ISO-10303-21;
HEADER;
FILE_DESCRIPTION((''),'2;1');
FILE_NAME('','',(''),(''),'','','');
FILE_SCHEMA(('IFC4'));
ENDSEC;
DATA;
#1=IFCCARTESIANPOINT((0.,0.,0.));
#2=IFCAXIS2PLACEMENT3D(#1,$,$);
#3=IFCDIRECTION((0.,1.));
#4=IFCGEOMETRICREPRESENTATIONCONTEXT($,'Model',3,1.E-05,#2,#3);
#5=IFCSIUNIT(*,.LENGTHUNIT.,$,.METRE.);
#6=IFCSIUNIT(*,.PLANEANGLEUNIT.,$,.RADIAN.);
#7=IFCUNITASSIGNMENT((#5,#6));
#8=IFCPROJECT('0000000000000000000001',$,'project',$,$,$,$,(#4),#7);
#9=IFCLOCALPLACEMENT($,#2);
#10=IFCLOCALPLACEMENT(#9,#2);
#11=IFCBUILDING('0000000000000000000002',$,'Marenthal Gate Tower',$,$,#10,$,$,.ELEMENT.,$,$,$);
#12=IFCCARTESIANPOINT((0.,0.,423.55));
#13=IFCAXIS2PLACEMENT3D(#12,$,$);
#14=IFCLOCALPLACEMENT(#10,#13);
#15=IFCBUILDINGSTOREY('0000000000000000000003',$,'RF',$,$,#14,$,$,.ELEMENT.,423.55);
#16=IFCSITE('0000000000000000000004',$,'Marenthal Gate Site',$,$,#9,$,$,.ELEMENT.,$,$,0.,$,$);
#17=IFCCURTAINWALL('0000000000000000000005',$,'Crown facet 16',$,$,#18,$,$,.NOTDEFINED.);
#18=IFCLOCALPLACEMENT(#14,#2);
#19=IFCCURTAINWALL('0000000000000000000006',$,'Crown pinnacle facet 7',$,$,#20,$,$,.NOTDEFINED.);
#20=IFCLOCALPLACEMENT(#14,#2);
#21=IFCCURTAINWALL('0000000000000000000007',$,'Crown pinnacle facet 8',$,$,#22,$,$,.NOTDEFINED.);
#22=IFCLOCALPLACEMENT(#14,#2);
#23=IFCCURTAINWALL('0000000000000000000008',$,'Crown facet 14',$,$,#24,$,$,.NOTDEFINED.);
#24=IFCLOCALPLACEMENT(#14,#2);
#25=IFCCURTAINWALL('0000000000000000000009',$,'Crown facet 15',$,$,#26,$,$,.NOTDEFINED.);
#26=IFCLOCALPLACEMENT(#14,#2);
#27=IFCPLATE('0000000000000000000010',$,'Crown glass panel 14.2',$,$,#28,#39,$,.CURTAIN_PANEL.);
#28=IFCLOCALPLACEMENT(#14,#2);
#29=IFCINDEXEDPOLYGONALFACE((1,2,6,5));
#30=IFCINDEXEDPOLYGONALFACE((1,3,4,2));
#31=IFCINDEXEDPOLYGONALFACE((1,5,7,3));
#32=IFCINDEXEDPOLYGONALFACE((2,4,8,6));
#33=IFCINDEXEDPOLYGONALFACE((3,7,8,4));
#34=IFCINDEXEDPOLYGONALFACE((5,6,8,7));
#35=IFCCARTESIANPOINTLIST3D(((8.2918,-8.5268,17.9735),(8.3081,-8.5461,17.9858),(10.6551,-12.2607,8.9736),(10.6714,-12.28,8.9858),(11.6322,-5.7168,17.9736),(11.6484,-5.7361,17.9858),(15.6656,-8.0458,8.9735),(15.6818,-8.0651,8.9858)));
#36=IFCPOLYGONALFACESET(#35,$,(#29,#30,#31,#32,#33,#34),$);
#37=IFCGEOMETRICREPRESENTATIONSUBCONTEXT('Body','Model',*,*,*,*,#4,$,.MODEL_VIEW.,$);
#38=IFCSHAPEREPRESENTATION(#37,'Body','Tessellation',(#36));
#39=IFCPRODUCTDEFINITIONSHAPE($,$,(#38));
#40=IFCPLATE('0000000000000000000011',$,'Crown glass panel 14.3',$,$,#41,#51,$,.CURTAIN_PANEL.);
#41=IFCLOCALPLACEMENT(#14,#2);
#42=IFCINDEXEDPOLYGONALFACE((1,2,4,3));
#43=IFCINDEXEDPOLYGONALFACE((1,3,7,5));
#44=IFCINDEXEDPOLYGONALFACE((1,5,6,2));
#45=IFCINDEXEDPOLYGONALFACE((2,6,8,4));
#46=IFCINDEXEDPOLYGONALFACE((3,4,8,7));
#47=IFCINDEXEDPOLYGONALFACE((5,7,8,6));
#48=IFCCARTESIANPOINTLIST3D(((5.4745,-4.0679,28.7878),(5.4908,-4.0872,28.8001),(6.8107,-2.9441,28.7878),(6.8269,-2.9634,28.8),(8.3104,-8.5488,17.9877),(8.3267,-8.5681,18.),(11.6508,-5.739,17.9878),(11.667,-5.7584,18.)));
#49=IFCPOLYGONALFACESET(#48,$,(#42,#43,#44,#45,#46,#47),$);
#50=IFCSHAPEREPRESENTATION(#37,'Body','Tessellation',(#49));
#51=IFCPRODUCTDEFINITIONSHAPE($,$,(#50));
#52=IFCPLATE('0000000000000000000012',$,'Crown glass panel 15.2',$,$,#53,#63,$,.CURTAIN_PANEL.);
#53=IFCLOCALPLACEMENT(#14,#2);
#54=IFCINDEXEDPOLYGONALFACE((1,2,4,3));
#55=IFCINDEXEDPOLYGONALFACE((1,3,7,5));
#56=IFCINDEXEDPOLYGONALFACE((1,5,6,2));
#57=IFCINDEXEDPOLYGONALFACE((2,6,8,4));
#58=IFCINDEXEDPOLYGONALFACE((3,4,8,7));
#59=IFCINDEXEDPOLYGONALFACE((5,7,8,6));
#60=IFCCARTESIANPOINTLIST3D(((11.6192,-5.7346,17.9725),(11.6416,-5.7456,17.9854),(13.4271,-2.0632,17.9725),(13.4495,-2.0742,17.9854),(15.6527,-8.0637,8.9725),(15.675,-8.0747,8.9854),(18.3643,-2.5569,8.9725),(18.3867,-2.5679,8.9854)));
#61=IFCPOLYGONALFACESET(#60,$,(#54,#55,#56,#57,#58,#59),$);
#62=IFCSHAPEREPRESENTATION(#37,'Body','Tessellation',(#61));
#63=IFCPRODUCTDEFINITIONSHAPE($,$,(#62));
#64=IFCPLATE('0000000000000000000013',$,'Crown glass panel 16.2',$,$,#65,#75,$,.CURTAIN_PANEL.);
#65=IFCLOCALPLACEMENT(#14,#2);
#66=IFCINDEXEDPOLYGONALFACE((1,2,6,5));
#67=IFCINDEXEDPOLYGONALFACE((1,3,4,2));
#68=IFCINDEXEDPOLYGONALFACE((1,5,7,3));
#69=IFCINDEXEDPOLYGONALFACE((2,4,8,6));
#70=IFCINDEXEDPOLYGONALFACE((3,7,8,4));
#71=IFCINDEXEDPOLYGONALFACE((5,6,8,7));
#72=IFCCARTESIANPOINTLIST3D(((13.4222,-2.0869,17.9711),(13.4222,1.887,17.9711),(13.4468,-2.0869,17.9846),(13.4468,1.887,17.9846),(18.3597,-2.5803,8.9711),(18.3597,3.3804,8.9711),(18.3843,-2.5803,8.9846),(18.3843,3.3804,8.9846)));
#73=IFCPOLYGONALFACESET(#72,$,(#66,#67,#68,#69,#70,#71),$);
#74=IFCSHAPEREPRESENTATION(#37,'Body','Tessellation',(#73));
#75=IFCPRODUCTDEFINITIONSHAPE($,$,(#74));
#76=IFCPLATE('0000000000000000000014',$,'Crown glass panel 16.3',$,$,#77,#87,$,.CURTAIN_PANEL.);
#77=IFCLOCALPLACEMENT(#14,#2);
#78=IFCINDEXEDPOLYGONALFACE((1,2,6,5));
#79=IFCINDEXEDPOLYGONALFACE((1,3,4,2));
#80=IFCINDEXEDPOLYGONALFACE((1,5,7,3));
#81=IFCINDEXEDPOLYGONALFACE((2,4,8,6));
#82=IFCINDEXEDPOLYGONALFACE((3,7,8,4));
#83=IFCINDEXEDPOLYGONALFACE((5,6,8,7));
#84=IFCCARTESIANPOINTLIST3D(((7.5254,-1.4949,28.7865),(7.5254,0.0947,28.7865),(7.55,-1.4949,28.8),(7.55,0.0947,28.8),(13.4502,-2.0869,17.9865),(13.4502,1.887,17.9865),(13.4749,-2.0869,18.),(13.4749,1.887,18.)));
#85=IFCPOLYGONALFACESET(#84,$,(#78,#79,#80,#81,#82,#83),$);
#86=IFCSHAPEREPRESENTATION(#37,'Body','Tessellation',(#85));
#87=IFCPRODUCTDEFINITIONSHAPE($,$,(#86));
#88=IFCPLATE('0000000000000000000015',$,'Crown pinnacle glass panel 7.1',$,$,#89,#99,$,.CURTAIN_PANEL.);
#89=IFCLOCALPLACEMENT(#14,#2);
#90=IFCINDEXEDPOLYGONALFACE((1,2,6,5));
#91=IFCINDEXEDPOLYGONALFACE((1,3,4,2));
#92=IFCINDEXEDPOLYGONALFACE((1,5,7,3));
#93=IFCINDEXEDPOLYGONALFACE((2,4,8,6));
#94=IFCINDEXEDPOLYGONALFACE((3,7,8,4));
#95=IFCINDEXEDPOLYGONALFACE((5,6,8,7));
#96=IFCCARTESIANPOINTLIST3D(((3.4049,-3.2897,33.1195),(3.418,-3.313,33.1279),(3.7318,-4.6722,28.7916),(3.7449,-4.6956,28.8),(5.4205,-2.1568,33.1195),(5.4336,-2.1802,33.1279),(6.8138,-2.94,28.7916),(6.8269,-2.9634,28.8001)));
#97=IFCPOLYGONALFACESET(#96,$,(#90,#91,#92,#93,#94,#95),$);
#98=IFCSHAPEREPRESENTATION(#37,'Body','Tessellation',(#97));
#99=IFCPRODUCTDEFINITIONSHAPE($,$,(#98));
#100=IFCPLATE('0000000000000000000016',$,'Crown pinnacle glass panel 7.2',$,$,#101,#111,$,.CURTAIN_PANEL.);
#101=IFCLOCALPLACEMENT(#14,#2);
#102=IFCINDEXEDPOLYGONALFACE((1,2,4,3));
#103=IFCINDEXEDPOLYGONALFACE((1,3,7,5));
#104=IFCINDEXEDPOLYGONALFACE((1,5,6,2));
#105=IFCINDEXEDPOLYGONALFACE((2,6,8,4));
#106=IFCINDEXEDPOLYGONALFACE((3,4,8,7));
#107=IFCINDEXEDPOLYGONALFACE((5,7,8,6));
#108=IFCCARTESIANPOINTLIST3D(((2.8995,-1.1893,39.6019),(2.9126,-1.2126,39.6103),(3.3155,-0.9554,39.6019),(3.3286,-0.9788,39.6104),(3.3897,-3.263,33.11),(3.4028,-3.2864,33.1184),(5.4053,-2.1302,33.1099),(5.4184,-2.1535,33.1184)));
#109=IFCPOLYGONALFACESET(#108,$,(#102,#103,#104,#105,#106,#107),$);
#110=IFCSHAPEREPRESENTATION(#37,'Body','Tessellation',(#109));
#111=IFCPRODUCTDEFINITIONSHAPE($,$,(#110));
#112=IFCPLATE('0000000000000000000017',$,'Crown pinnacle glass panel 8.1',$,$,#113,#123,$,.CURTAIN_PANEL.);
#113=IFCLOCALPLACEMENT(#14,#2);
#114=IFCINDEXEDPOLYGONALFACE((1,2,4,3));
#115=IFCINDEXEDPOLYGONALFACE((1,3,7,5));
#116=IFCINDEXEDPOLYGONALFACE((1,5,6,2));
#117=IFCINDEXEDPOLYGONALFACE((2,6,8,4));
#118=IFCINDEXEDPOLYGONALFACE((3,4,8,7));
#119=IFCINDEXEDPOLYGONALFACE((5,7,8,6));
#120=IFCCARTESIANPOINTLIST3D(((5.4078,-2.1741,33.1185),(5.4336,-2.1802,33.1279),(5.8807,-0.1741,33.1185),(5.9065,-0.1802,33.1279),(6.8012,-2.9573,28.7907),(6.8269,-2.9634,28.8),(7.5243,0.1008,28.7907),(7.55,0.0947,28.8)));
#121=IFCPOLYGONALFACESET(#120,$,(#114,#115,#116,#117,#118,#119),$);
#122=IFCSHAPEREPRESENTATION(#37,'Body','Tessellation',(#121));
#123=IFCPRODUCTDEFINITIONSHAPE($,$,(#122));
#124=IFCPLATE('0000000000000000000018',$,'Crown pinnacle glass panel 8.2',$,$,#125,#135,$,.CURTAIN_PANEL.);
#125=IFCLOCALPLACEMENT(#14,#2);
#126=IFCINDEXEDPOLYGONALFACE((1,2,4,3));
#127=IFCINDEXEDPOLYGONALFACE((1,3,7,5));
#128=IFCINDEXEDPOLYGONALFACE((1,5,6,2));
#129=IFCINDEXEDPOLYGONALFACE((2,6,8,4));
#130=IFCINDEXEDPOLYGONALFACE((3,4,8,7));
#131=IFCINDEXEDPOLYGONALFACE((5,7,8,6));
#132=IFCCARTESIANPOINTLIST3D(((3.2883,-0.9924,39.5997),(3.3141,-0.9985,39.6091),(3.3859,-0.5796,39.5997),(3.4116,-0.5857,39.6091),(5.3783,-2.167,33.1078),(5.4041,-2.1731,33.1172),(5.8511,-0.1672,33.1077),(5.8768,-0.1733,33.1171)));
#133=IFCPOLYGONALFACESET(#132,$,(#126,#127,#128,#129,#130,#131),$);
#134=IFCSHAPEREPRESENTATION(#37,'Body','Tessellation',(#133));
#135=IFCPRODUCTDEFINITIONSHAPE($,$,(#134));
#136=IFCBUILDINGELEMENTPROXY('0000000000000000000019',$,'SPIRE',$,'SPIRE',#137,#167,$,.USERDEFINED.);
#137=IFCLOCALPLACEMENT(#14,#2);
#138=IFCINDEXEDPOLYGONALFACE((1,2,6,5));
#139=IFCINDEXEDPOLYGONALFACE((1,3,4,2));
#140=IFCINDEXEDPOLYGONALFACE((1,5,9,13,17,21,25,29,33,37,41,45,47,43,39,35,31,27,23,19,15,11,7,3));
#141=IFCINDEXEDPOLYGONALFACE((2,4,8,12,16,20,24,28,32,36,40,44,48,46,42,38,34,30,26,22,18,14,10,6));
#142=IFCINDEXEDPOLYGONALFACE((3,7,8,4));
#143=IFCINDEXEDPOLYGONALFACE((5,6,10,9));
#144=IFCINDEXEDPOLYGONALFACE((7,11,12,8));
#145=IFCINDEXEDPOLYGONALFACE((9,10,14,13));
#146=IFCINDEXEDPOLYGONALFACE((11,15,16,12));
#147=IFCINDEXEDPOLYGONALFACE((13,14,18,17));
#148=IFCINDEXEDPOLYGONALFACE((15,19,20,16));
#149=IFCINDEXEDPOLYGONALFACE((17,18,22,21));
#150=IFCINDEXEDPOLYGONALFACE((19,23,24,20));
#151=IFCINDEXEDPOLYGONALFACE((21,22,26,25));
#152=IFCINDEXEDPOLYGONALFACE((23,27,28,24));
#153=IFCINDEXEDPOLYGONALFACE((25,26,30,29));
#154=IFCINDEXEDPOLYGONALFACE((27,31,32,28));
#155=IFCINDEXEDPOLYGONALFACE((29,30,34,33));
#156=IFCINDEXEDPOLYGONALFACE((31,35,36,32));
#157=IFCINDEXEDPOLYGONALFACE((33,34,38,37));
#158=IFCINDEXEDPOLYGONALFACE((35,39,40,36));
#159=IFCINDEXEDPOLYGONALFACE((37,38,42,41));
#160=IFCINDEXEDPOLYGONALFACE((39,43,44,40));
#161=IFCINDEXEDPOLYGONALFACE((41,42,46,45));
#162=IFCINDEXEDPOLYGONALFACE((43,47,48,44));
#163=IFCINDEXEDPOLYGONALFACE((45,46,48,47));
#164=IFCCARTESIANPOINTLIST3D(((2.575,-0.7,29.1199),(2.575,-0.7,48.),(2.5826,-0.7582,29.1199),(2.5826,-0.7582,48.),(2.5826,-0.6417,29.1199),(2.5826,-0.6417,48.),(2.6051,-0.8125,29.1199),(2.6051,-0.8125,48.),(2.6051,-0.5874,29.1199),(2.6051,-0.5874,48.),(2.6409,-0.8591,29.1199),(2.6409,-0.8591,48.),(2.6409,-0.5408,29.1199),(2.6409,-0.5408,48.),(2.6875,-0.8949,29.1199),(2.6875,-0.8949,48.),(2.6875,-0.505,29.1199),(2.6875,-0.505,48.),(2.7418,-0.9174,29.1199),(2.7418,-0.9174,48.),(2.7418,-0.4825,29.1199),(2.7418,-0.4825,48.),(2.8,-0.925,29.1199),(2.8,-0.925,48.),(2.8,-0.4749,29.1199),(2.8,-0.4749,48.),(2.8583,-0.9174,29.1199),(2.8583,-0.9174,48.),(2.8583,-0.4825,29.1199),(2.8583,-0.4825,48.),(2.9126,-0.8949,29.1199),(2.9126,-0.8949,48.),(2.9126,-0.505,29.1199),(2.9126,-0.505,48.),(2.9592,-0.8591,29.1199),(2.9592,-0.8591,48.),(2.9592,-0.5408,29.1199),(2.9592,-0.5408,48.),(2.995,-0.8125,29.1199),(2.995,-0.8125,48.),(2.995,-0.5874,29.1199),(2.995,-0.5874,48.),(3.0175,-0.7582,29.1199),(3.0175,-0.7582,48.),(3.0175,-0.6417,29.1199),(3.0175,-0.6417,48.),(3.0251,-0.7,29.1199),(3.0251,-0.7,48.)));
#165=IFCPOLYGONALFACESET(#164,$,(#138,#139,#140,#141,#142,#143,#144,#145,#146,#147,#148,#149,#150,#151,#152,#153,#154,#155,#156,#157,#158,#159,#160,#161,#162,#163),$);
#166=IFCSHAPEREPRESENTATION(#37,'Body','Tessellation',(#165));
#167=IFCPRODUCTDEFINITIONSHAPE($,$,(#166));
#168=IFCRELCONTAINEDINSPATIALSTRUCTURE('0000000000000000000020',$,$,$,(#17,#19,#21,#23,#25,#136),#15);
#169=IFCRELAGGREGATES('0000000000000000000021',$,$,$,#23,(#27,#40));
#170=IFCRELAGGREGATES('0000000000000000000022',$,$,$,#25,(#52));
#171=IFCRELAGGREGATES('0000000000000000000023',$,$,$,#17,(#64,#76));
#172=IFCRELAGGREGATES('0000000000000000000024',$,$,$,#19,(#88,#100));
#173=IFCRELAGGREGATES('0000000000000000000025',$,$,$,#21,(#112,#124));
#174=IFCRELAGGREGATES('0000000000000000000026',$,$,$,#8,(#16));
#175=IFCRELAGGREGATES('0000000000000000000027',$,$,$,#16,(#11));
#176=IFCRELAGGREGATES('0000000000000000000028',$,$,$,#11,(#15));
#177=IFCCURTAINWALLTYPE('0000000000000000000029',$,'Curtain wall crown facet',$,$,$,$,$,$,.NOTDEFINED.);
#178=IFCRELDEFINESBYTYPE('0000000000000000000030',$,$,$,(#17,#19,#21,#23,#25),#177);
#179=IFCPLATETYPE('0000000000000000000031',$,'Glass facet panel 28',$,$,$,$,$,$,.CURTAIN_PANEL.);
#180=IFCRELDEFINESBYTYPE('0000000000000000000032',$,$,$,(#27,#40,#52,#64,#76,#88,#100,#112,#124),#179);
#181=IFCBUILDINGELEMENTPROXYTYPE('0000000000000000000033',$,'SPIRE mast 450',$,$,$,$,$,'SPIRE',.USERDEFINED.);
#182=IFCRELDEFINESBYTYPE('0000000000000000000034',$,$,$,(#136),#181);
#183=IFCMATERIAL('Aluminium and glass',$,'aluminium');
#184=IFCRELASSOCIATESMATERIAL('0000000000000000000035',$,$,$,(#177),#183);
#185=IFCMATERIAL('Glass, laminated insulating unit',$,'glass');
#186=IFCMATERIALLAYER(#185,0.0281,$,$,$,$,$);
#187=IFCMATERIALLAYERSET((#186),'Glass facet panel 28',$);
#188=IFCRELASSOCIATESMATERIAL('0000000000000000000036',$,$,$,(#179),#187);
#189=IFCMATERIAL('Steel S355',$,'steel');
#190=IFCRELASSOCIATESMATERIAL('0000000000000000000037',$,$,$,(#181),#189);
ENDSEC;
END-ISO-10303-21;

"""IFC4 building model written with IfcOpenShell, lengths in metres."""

from ifc_helpers import new_model, si_unit, direction, frame, origin, origin_2d, place, context, subcontext, project, spatial, polyline, circle, outline, extrude, material, layer, layer_set, material_profile, profile_set, type_object, element, aggregate, save


model = new_model("IFC4")

# Units and contexts
model_context = context("Model", 3, precision=1e-05, world=origin(), true_north=direction((0.0, 1.0)))
body_context = subcontext(model_context, "Body", "Model", "MODEL_VIEW")
ifc_project = project(units=[si_unit("LENGTHUNIT", "METRE"), si_unit("PLANEANGLEUNIT", "RADIAN")], contexts=[model_context])

# Site, building, storey
site_placement = place(None, origin())
site = spatial("IfcSite", under=ifc_project, at=site_placement, Name="Marenthal Gate Site", CompositionType="ELEMENT", RefElevation=0.0)
building_placement = place(site_placement, origin())
building = spatial("IfcBuilding", under=site, at=building_placement, Name="Marenthal Gate Tower", CompositionType="ELEMENT")
storey_placement = place(building_placement, frame((0.0, 0.0, 423.55)))
storey = spatial("IfcBuildingStorey", under=building, at=storey_placement, Name="RF", CompositionType="ELEMENT", Elevation=423.55)

# Curtain walls
ifc_material_1 = material(Name="Aluminium and glass", Category="aluminium")
curtain_wall_type = type_object("IfcCurtainWallType", Name="Curtain wall crown facet", PredefinedType="NOTDEFINED", material=ifc_material_1)
curtain_wall_1_placement = place(storey_placement, origin())
curtain_wall_1 = element("IfcCurtainWall", 1, at=curtain_wall_1_placement, inside=storey, type_object=curtain_wall_type, Name="Crown facet 16", PredefinedType="NOTDEFINED")
curtain_wall_2_placement = place(storey_placement, origin())
curtain_wall_2 = element("IfcCurtainWall", 2, at=curtain_wall_2_placement, inside=storey, type_object=curtain_wall_type, Name="Crown pinnacle facet 7", PredefinedType="NOTDEFINED")
curtain_wall_3_placement = place(storey_placement, origin())
curtain_wall_3 = element("IfcCurtainWall", 3, at=curtain_wall_3_placement, inside=storey, type_object=curtain_wall_type, Name="Crown pinnacle facet 8", PredefinedType="NOTDEFINED")

# Curtain walls
curtain_wall_4_placement = place(storey_placement, origin())
curtain_wall_4 = element("IfcCurtainWall", 4, at=curtain_wall_4_placement, inside=storey, type_object=curtain_wall_type, Name="Crown facet 14", PredefinedType="NOTDEFINED")
curtain_wall_5_placement = place(storey_placement, origin())
curtain_wall_5 = element("IfcCurtainWall", 5, at=curtain_wall_5_placement, inside=storey, type_object=curtain_wall_type, Name="Crown facet 15", PredefinedType="NOTDEFINED")

# Plates
ifc_material_2 = material(Name="Glass, laminated insulating unit", Category="glass")
ifc_layer = layer(ifc_material_2, 0.0281)
ifc_layer_set = layer_set([ifc_layer], Name="Glass facet panel 28")
plate_type = type_object("IfcPlateType", Name="Glass facet panel 28", PredefinedType="CURTAIN_PANEL", material=ifc_layer_set)
plate_1_placement = place(storey_placement, frame((10.6714, -12.28, 8.9858), z_axis=(0.578864, -0.688123, 0.437496), x_axis=(0.765246, 0.643739, -0.000004)))
plate_1 = element("IfcPlate", 6, at=plate_1_placement, type_object=plate_type, Name="Crown glass panel 14.2", PredefinedType="CURTAIN_PANEL", context=body_context, shape_type="SweptSolid", body=[
    extrude(outline(polyline([(0.0, 0.0), (6.5475, 0.0), (4.9602, 10.0087), (0.5951, 10.0086), (0.0, 0.0)])), origin(), (0.0, 0.0, -1.0), 0.0281),
])
plate_2_placement = place(storey_placement, frame((8.3267, -8.5681, 18.0), z_axis=(0.57883, -0.688151, 0.437499), x_axis=(0.765273, 0.643706, 0.000009)))
plate_2 = element("IfcPlate", 7, at=plate_2_placement, type_object=plate_type, Name="Crown glass panel 14.3", PredefinedType="CURTAIN_PANEL", context=body_context, shape_type="SweptSolid", body=[
    extrude(outline(polyline([(0.0, 0.0), (4.365, 0.0), (2.4602, 12.0104), (0.7143, 12.0105), (0.0, 0.0)])), origin(), (0.0, 0.0, -1.0), 0.0281),
])
aggregate(curtain_wall_4, [plate_1, plate_2])
plate_3_placement = place(storey_placement, frame((15.675, -8.0747, 8.9854), z_axis=(0.797127, -0.39252, 0.458821), x_axis=(0.441764, 0.897131, 0.0)))
plate_3 = element("IfcPlate", 8, at=plate_3_placement, type_object=plate_type, Name="Crown glass panel 15.2", PredefinedType="CURTAIN_PANEL", context=body_context, shape_type="SweptSolid", body=[
    extrude(outline(polyline([(0.0, 0.0), (6.1383, 0.0), (4.4, 10.1291), (0.3077, 10.1291), (0.0, 0.0)])), origin(), (0.0, 0.0, -1.0), 0.0281),
])
aggregate(curtain_wall_5, [plate_3])
plate_4_placement = place(storey_placement, frame((18.3843, -2.5803, 8.9846), z_axis=(0.87673, 0.0, 0.480984), x_axis=(0.0, 1.0, 0.0)))
plate_4 = element("IfcPlate", 9, at=plate_4_placement, type_object=plate_type, Name="Crown glass panel 16.2", PredefinedType="CURTAIN_PANEL", context=body_context, shape_type="SweptSolid", body=[
    extrude(outline(polyline([(0.0, 0.0), (5.9607, 0.0), (4.4673, 10.2654), (0.4934, 10.2654), (0.0, 0.0)])), origin(), (0.0, 0.0, -1.0), 0.0281),
])
plate_5_placement = place(storey_placement, frame((13.4749, -2.0869, 18.0), z_axis=(0.876737, 0.0, 0.48097), x_axis=(0.0, 1.0, 0.0)))
plate_5 = element("IfcPlate", 10, at=plate_5_placement, type_object=plate_type, Name="Crown glass panel 16.3", PredefinedType="CURTAIN_PANEL", context=body_context, shape_type="SweptSolid", body=[
    extrude(outline(polyline([(0.0, 0.0), (3.9739, 0.0), (2.1816, 12.3185), (0.592, 12.3185), (0.0, 0.0)])), origin(), (0.0, 0.0, -1.0), 0.0281),
])
aggregate(curtain_wall_1, [plate_4, plate_5])
plate_6_placement = place(storey_placement, frame((3.7449, -4.6956, 28.8), z_axis=(0.467242, -0.83136, 0.300874), x_axis=(0.871754, 0.489944, 0.000001)))
plate_6 = element("IfcPlate", 11, at=plate_6_placement, type_object=plate_type, Name="Crown pinnacle glass panel 7.1", PredefinedType="CURTAIN_PANEL", context=body_context, shape_type="SweptSolid", body=[
    extrude(outline(polyline([(0.0, 0.0), (3.5354, 0.0), (2.7045, 4.5382), (0.3924, 4.5382), (0.0, 0.0)])), origin(), (0.0, 0.0, -1.0), 0.0281),
])
plate_7_placement = place(storey_placement, frame((3.4028, -3.2864, 33.1184), z_axis=(0.467262, -0.831356, 0.300855), x_axis=(0.871745, 0.48996, -0.000007)))
plate_7 = element("IfcPlate", 12, at=plate_7_placement, type_object=plate_type, Name="Crown pinnacle glass panel 7.2", PredefinedType="CURTAIN_PANEL", context=body_context, shape_type="SweptSolid", body=[
    extrude(outline(polyline([(0.0, 0.0), (2.3121, 0.0), (1.0659, 6.8073), (0.5886, 6.8073), (0.0, 0.0)])), origin(), (0.0, 0.0, -1.0), 0.0281),
])
aggregate(curtain_wall_2, [plate_6, plate_7])
plate_8_placement = place(storey_placement, frame((6.8269, -2.9634, 28.8), z_axis=(0.917105, -0.21686, 0.3345), x_axis=(0.230116, 0.973163, -0.000002)))
plate_8 = element("IfcPlate", 13, at=plate_8_placement, type_object=plate_type, Name="Crown pinnacle glass panel 8.1", PredefinedType="CURTAIN_PANEL", context=body_context, shape_type="SweptSolid", body=[
    extrude(outline(polyline([(0.0, 0.0), (3.1424, 0.0), (2.4967, 4.5924), (0.4416, 4.5924), (0.0, 0.0)])), origin(), (0.0, 0.0, -1.0), 0.0281),
])
plate_9_placement = place(storey_placement, frame((5.4041, -2.1731, 33.1172), z_axis=(0.917125, -0.216799, 0.334485), x_axis=(0.230058, 0.973177, -0.000027)))
plate_9 = element("IfcPlate", 14, at=plate_9_placement, type_object=plate_type, Name="Crown pinnacle glass panel 8.2", PredefinedType="CURTAIN_PANEL", context=body_context, shape_type="SweptSolid", body=[
    extrude(outline(polyline([(0.0, 0.0), (2.0549, 0.0), (1.0863, 6.8888), (0.6621, 6.8887), (0.0, 0.0)])), origin(), (0.0, 0.0, -1.0), 0.0281),
])
aggregate(curtain_wall_3, [plate_8, plate_9])

# Building element proxy
ifc_material_3 = material(Name="Steel S355", Category="steel")
ifc_material_profile_1 = material_profile(ifc_material_3, circle(Radius=0.2251, at=origin_2d()), Name="Spire mast 450")
ifc_profile_set_1 = profile_set([ifc_material_profile_1], Name="Steel S355")
building_element_proxy_type = type_object("IfcBuildingElementProxyType", Name="SPIRE mast 450", ElementType="SPIRE", PredefinedType="USERDEFINED", material=ifc_profile_set_1)
proxy_placement = place(storey_placement, frame((2.8, -0.7, 29.1199), z_axis=(0.0, 0.0, 1.0), x_axis=(1.0, 0.0, 0.0)))
element("IfcBuildingElementProxy", 15, at=proxy_placement, inside=storey, type_object=building_element_proxy_type, Name="SPIRE", ObjectType="SPIRE", PredefinedType="USERDEFINED", context=body_context, shape_type="SweptSolid", body=[
    extrude(circle(Radius=0.2251, at=origin_2d()), origin(), (0.0, 0.0, 1.0), 18.8801),
])

save(model, "model.ifc")
